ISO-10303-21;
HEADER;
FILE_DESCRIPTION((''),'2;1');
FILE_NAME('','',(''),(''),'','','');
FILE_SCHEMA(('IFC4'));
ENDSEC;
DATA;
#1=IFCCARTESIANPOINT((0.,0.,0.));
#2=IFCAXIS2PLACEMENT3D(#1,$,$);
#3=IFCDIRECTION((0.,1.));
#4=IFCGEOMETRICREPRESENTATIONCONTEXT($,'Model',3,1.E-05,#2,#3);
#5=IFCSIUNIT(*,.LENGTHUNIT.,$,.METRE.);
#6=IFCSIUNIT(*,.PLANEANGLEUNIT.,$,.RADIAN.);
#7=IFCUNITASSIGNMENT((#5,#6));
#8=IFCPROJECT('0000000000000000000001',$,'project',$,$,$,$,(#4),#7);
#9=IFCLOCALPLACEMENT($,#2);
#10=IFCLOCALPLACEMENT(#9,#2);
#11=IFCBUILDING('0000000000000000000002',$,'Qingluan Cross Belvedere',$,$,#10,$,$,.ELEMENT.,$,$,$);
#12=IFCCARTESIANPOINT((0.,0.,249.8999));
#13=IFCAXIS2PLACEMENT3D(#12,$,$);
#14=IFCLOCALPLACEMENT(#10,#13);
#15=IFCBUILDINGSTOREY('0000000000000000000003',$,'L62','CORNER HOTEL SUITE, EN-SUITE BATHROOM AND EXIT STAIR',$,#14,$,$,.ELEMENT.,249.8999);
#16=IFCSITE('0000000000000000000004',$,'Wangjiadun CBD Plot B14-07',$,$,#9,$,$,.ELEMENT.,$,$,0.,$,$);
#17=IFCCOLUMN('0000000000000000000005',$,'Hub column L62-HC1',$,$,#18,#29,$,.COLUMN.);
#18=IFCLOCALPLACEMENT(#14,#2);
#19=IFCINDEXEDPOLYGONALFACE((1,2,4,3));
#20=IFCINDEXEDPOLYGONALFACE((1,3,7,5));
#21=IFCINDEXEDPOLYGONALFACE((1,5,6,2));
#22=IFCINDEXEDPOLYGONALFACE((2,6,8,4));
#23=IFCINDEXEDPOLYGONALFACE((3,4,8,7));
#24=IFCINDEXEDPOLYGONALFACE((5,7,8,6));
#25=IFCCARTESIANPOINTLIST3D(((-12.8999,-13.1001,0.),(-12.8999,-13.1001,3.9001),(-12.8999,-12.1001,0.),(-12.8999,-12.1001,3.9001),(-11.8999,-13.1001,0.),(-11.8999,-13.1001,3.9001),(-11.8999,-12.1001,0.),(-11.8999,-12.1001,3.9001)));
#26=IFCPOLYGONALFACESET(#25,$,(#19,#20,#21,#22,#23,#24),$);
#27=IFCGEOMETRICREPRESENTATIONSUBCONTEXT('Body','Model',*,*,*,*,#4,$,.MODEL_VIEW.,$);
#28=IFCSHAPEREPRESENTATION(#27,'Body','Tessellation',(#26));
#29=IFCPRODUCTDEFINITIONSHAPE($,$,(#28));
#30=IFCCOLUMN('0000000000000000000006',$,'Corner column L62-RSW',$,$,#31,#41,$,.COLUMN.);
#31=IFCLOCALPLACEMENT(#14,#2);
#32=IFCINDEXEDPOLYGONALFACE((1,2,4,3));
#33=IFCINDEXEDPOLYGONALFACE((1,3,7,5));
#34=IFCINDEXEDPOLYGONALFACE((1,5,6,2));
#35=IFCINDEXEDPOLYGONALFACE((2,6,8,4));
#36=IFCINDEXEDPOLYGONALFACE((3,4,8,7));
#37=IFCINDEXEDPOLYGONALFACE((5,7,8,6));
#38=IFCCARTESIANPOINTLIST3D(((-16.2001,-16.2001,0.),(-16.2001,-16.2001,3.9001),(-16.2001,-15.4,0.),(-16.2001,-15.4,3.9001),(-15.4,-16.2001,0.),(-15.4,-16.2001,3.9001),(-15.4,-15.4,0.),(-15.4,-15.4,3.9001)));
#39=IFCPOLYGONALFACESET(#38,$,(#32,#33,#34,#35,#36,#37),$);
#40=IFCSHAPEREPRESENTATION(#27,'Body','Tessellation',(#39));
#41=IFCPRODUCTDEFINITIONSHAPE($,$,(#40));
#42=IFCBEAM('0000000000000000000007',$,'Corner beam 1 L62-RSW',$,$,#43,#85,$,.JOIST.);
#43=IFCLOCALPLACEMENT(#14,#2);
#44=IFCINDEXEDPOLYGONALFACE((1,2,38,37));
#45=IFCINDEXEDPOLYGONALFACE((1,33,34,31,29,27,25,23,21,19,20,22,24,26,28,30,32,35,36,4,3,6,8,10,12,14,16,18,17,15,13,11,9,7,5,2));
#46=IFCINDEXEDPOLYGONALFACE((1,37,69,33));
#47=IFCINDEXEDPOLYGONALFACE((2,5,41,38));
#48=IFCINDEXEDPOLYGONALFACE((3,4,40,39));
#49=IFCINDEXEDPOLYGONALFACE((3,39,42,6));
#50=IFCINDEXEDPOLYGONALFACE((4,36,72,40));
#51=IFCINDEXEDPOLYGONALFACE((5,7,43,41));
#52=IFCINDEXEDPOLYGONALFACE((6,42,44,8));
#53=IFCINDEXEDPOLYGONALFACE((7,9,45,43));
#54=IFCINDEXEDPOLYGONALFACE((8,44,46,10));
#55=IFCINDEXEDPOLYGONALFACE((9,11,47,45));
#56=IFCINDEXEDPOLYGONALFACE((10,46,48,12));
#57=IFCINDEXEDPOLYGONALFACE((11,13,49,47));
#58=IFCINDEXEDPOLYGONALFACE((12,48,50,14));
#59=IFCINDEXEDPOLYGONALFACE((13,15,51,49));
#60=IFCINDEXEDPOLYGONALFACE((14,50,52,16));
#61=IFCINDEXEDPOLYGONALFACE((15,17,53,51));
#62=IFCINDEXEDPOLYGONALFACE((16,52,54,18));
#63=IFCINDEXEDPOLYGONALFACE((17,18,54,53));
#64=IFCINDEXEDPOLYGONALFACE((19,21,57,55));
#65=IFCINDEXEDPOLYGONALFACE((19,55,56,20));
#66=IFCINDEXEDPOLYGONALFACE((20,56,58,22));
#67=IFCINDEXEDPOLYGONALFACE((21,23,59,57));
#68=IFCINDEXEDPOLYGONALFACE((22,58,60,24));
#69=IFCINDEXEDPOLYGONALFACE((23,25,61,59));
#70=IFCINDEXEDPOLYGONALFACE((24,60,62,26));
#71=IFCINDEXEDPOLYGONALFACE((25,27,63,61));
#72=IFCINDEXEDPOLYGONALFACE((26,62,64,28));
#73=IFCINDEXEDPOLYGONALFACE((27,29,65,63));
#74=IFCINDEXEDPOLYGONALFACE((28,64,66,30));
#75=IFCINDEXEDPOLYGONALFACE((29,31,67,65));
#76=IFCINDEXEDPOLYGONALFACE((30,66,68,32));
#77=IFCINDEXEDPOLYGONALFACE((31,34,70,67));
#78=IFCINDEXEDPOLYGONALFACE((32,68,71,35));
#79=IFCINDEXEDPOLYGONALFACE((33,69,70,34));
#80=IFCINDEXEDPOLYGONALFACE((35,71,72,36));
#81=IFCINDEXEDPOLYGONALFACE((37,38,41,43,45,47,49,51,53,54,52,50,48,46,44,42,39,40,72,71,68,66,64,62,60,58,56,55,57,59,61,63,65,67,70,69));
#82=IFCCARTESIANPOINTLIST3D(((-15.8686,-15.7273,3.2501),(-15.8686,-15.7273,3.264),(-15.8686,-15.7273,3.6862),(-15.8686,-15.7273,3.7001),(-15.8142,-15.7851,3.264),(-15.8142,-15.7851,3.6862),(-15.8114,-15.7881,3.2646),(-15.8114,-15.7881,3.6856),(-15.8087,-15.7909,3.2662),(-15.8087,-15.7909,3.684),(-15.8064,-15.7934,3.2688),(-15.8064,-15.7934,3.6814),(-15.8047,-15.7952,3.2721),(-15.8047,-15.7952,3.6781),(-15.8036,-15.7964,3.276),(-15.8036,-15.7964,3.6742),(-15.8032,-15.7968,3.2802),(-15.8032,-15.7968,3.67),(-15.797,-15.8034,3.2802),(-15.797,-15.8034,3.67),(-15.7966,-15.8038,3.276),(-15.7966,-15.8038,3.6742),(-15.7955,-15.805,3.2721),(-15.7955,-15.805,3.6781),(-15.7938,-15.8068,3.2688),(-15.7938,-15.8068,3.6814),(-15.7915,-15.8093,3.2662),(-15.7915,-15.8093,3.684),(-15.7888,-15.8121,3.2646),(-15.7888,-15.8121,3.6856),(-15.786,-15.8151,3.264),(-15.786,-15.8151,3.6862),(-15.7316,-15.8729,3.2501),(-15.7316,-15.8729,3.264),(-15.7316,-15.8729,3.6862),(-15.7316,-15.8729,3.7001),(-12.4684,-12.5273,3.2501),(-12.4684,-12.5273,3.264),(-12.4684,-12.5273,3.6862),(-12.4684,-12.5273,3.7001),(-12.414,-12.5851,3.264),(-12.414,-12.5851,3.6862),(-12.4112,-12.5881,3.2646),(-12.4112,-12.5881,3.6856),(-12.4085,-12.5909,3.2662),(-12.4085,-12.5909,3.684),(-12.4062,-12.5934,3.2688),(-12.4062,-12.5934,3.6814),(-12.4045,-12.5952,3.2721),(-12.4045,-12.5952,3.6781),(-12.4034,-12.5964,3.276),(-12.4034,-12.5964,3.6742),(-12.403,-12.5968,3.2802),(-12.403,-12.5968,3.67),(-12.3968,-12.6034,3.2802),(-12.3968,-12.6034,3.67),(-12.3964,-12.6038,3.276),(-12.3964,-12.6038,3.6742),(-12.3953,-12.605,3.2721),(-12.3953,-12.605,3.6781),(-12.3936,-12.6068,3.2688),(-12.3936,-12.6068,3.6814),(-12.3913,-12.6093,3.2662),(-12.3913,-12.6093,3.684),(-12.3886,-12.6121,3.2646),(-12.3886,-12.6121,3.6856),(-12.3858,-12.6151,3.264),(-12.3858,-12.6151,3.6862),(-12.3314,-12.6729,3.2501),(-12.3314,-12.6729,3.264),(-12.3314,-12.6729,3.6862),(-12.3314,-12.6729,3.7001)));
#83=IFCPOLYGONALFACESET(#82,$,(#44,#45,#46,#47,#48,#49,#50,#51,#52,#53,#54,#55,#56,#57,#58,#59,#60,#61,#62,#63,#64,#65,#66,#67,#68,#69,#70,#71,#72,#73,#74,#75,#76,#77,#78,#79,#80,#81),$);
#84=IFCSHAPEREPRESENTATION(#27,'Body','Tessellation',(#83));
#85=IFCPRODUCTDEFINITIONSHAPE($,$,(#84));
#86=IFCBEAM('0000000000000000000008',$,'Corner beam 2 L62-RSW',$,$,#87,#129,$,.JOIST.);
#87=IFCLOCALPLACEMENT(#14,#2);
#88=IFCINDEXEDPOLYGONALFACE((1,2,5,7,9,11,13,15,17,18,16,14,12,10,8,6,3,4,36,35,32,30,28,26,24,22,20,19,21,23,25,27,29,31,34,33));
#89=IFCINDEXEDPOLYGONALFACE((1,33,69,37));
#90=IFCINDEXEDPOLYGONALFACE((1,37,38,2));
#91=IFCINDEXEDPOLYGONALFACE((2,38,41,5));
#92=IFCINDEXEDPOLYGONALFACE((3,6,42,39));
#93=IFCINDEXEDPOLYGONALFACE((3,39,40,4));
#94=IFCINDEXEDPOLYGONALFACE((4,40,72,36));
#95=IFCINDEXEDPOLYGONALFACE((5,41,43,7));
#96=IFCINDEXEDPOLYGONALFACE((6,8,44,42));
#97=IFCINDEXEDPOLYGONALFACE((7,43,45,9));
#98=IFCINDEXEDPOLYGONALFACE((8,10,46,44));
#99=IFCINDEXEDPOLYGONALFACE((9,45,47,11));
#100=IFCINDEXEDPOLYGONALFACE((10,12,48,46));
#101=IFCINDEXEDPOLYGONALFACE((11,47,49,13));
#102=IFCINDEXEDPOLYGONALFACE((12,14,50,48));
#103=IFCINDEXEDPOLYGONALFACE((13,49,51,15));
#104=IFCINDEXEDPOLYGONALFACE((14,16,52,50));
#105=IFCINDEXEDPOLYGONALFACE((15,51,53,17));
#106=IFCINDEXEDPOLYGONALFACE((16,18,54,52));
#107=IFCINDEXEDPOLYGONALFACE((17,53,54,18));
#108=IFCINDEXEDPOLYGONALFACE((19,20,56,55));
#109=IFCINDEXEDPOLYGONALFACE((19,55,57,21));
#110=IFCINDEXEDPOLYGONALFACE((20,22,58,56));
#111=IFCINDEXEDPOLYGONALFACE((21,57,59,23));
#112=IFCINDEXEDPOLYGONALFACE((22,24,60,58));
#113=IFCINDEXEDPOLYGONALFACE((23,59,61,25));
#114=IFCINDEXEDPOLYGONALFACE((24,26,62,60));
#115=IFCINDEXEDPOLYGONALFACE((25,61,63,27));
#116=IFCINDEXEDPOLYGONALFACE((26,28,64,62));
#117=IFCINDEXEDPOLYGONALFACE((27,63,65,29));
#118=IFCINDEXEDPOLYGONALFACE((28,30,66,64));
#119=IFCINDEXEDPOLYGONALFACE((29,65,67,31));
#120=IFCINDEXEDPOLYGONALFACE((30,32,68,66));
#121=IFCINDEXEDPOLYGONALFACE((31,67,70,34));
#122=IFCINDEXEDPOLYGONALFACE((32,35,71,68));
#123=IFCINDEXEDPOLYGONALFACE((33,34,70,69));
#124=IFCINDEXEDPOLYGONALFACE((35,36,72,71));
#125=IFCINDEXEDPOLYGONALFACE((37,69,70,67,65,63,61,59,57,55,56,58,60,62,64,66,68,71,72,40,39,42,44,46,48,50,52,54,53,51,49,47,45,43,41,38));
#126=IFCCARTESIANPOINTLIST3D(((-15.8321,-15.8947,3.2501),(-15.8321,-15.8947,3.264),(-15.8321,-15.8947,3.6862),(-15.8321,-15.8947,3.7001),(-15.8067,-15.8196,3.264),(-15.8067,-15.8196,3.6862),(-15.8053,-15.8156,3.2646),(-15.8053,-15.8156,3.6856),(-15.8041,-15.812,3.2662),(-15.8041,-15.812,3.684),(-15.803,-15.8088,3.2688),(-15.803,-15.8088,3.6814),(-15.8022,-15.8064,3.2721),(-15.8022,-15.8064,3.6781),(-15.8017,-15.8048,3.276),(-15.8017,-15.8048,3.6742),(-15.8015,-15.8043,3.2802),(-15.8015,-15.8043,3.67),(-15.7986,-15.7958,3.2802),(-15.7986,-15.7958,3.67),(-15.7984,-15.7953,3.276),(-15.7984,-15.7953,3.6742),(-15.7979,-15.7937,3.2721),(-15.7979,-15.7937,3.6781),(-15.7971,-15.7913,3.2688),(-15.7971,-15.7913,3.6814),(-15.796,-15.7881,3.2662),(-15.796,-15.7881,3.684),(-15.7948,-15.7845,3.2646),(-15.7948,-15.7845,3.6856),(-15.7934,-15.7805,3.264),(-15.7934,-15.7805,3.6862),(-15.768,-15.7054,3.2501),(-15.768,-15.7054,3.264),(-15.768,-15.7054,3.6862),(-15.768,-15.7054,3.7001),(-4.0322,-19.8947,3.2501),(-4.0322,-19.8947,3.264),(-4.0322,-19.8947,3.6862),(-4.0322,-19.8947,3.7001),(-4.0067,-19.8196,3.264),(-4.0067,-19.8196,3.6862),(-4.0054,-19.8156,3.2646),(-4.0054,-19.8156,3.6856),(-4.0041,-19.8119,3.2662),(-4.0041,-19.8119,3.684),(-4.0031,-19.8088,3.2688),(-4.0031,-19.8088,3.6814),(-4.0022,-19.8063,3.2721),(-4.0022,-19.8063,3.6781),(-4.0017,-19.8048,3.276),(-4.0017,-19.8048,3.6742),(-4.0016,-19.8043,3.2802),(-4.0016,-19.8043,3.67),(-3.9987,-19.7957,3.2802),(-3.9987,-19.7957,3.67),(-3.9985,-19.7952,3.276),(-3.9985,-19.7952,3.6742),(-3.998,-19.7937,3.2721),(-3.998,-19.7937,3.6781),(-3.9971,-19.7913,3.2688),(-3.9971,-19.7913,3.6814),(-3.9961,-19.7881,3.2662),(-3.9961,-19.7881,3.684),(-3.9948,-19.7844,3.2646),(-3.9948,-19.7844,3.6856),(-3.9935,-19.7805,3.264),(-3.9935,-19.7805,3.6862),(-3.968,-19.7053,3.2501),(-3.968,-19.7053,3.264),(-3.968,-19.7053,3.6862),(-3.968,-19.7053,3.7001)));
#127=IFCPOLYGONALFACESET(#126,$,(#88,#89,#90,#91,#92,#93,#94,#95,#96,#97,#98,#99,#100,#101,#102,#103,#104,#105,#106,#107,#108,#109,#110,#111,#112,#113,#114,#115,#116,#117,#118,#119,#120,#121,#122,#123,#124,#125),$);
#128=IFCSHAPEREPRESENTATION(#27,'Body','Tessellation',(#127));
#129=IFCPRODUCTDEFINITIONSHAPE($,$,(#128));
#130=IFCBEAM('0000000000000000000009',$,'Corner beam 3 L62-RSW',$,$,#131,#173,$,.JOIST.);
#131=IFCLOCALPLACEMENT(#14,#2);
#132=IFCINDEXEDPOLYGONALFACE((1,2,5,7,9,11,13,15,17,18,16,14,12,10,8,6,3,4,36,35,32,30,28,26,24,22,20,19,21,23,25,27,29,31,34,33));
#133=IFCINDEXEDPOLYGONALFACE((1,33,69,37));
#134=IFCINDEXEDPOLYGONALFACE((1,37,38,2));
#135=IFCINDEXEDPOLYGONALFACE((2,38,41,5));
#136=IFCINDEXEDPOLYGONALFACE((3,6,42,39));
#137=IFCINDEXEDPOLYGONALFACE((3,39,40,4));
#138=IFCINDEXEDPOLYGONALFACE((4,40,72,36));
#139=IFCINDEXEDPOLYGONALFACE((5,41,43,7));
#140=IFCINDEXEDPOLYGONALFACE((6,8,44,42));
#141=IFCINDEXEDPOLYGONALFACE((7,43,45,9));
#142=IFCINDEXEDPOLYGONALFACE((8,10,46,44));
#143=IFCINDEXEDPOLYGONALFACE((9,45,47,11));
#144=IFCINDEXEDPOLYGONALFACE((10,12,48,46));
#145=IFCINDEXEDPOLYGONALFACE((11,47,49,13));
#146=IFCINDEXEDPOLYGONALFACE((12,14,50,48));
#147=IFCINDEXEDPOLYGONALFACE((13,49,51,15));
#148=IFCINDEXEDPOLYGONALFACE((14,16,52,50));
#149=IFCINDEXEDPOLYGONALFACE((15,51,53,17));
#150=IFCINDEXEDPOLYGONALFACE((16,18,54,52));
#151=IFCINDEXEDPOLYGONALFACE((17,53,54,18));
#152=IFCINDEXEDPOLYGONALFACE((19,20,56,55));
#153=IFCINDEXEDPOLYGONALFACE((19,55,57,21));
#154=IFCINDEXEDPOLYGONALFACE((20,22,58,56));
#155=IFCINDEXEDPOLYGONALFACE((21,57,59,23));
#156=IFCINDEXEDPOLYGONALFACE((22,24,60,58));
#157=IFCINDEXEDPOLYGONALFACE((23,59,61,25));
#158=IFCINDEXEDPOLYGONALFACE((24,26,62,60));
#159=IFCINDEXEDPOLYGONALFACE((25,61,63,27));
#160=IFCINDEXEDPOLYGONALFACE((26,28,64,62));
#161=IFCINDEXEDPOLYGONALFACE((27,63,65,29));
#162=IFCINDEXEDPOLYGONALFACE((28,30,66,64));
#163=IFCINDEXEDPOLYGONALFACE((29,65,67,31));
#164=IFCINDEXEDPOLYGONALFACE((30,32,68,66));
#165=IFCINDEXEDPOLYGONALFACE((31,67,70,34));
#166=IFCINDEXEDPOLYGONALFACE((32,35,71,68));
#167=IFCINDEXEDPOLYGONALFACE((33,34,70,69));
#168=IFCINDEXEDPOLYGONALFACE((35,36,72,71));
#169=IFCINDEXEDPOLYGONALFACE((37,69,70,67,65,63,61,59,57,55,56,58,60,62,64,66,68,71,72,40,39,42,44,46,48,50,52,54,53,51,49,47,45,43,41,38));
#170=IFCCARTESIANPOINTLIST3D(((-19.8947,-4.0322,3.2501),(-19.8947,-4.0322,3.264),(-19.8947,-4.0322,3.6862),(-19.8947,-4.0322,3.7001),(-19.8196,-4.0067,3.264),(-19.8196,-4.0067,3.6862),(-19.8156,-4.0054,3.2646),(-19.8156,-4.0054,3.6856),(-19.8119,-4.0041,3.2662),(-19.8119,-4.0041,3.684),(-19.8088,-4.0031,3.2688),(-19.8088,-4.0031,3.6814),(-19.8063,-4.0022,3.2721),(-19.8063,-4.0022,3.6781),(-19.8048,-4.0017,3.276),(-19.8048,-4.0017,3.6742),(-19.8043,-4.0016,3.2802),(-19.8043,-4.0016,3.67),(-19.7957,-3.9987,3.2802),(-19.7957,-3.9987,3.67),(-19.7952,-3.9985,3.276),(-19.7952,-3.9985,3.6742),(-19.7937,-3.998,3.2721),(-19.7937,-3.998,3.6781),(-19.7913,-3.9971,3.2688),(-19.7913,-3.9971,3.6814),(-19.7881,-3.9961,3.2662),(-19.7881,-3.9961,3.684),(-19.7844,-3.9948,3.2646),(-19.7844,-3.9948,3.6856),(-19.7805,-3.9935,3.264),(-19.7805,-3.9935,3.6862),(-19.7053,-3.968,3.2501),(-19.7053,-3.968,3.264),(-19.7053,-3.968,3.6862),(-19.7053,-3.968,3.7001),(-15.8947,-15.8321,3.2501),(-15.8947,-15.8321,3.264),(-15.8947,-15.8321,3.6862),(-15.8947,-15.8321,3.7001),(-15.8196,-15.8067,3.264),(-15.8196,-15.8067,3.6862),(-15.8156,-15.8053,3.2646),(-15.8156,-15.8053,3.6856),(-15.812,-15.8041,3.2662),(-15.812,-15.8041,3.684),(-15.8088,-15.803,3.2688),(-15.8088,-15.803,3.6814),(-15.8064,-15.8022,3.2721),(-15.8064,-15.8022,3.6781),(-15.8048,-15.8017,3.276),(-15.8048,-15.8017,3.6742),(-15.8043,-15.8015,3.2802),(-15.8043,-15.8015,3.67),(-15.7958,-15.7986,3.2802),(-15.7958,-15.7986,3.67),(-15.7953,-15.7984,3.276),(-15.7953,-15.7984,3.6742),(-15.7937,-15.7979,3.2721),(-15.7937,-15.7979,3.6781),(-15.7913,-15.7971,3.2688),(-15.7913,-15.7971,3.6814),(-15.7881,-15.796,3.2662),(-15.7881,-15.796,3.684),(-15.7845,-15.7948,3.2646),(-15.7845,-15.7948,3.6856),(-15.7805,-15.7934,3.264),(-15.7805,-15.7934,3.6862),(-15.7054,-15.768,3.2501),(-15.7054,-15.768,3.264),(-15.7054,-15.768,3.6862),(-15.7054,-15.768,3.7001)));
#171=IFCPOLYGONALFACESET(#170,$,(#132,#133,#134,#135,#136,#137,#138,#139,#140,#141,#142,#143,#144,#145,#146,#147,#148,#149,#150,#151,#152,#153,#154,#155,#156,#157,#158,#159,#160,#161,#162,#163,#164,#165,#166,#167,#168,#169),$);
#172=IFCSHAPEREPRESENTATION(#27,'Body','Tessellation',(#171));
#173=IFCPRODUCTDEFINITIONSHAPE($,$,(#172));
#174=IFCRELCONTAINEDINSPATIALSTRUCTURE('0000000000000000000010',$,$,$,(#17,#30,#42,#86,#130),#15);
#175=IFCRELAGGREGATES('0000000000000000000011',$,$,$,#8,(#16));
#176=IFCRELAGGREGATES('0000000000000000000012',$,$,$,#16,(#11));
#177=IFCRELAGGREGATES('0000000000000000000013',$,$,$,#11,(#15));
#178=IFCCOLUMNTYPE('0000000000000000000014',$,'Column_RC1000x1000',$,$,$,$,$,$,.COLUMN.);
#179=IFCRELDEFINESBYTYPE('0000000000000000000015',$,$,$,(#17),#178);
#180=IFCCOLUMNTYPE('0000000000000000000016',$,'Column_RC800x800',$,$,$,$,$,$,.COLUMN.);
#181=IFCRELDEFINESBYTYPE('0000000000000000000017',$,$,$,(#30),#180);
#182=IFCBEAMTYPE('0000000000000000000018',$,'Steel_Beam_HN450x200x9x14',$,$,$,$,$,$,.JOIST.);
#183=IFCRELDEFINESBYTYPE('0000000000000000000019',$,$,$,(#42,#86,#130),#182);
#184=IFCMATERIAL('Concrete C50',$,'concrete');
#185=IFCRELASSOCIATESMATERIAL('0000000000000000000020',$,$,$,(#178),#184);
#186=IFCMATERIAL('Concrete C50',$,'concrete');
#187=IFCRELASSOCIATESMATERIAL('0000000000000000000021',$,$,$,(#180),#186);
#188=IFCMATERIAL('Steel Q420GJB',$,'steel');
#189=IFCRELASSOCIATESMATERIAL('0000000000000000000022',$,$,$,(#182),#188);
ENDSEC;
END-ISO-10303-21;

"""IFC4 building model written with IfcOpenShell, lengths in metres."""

from ifc_helpers import new_model, si_unit, direction, frame, origin, origin_2d, place, context, subcontext, project, spatial, rectangle, i_section, extrude, material, material_profile, profile_set, type_object, element, save


model = new_model("IFC4")

# Units and contexts
model_context = context("Model", 3, precision=1e-05, world=origin(), true_north=direction((0.0, 1.0)))
body_context = subcontext(model_context, "Body", "Model", "MODEL_VIEW")
ifc_project = project(units=[si_unit("LENGTHUNIT", "METRE"), si_unit("PLANEANGLEUNIT", "RADIAN")], contexts=[model_context])

# Site, building, storey
site_placement = place(None, origin())
site = spatial("IfcSite", under=ifc_project, at=site_placement, Name="Wangjiadun CBD Plot B14-07", CompositionType="ELEMENT", RefElevation=0.0)
building_placement = place(site_placement, origin())
building = spatial("IfcBuilding", under=site, at=building_placement, Name="Qingluan Cross Belvedere", CompositionType="ELEMENT")
storey_placement = place(building_placement, frame((0.0, 0.0, 249.8999)))
storey = spatial("IfcBuildingStorey", under=building, at=storey_placement, Name="L62", Description="CORNER HOTEL SUITE, EN-SUITE BATHROOM AND EXIT STAIR", CompositionType="ELEMENT", Elevation=249.8999)

# Columns
ifc_material_1 = material(Name="Concrete C50", Category="concrete")
ifc_material_profile_1 = material_profile(ifc_material_1, rectangle(XDim=1.0, YDim=1.0, at=origin_2d()), Name="RC1000x1000")
ifc_profile_set_1 = profile_set([ifc_material_profile_1], Name="Concrete C50")
column_type_1 = type_object("IfcColumnType", Name="Column_RC1000x1000", PredefinedType="COLUMN", material=ifc_profile_set_1)
column_1_placement = place(storey_placement, frame((-12.3999, -12.6001, 0.0), z_axis=(0.0, 0.0, 1.0), x_axis=(1.0, 0.0, 0.0)))
element("IfcColumn", 1, at=column_1_placement, inside=storey, type_object=column_type_1, Name="Hub column L62-HC1", PredefinedType="COLUMN", context=body_context, shape_type="SweptSolid", body=[
    extrude(rectangle(XDim=1.0, YDim=1.0, at=origin_2d()), origin(), (0.0, 0.0, 1.0), 3.9001),
])
ifc_material_2 = material(Name="Concrete C50", Category="concrete")
ifc_material_profile_2 = material_profile(ifc_material_2, rectangle(XDim=0.8, YDim=0.8, at=origin_2d()), Name="RC800x800")
ifc_profile_set_2 = profile_set([ifc_material_profile_2], Name="Concrete C50")
column_type_2 = type_object("IfcColumnType", Name="Column_RC800x800", PredefinedType="COLUMN", material=ifc_profile_set_2)
column_2_placement = place(storey_placement, frame((-15.8, -15.8, 0.0), z_axis=(0.0, 0.0, 1.0), x_axis=(1.0, 0.0, 0.0)))
element("IfcColumn", 2, at=column_2_placement, inside=storey, type_object=column_type_2, Name="Corner column L62-RSW", PredefinedType="COLUMN", context=body_context, shape_type="SweptSolid", body=[
    extrude(rectangle(XDim=0.8, YDim=0.8, at=origin_2d()), origin(), (0.0, 0.0, 1.0), 3.9001),
])

# Beams
ifc_material_3 = material(Name="Steel Q420GJB", Category="steel")
ifc_material_profile_3 = material_profile(ifc_material_3, i_section(OverallWidth=0.2, OverallDepth=0.45, WebThickness=0.009, FlangeThickness=0.0139, FilletRadius=0.0161, at=origin_2d()), Name="HN450x200x9x14")
ifc_profile_set_3 = profile_set([ifc_material_profile_3], Name="Steel Q420GJB")
beam_type_1 = type_object("IfcBeamType", Name="Steel_Beam_HN450x200x9x14", PredefinedType="JOIST", material=ifc_profile_set_3)
beam_1_placement = place(storey_placement, frame((-12.3999, -12.6001, 3.4751), z_axis=(-0.72822, -0.685343, 0.0), x_axis=(0.685343, -0.72822, 0.0)))
element("IfcBeam", 3, at=beam_1_placement, inside=storey, type_object=beam_type_1, Name="Corner beam 1 L62-RSW", PredefinedType="JOIST", context=body_context, shape_type="SweptSolid", body=[
    extrude(i_section(OverallWidth=0.2, OverallDepth=0.45, WebThickness=0.009, FlangeThickness=0.0139, FilletRadius=0.0161, at=origin_2d()), origin(), (0.0, 0.0, 1.0), 4.6692),
])
for number, where, z_axis, x_axis, name in (
    (4, (-15.8, -15.8, 3.4751), (0.947066, -0.321038, 0.0), (0.321038, 0.947066, 0.0), "Corner beam 2 L62-RSW"),
    (5, (-15.8, -15.8, 3.4751), (-0.321038, 0.947066, 0.0), (-0.947066, -0.321038, 0.0), "Corner beam 3 L62-RSW"),
):
    element("IfcBeam", number, at=place(storey_placement, frame(where, z_axis=z_axis, x_axis=x_axis)), inside=storey, type_object=beam_type_1, Name=name, PredefinedType="JOIST", context=body_context, shape_type="SweptSolid", body=[
        extrude(i_section(OverallWidth=0.2, OverallDepth=0.45, WebThickness=0.009, FlangeThickness=0.0139, FilletRadius=0.0161, at=origin_2d()), origin(), (0.0, 0.0, 1.0), 12.4595),
    ])

save(model, "model.ifc")
